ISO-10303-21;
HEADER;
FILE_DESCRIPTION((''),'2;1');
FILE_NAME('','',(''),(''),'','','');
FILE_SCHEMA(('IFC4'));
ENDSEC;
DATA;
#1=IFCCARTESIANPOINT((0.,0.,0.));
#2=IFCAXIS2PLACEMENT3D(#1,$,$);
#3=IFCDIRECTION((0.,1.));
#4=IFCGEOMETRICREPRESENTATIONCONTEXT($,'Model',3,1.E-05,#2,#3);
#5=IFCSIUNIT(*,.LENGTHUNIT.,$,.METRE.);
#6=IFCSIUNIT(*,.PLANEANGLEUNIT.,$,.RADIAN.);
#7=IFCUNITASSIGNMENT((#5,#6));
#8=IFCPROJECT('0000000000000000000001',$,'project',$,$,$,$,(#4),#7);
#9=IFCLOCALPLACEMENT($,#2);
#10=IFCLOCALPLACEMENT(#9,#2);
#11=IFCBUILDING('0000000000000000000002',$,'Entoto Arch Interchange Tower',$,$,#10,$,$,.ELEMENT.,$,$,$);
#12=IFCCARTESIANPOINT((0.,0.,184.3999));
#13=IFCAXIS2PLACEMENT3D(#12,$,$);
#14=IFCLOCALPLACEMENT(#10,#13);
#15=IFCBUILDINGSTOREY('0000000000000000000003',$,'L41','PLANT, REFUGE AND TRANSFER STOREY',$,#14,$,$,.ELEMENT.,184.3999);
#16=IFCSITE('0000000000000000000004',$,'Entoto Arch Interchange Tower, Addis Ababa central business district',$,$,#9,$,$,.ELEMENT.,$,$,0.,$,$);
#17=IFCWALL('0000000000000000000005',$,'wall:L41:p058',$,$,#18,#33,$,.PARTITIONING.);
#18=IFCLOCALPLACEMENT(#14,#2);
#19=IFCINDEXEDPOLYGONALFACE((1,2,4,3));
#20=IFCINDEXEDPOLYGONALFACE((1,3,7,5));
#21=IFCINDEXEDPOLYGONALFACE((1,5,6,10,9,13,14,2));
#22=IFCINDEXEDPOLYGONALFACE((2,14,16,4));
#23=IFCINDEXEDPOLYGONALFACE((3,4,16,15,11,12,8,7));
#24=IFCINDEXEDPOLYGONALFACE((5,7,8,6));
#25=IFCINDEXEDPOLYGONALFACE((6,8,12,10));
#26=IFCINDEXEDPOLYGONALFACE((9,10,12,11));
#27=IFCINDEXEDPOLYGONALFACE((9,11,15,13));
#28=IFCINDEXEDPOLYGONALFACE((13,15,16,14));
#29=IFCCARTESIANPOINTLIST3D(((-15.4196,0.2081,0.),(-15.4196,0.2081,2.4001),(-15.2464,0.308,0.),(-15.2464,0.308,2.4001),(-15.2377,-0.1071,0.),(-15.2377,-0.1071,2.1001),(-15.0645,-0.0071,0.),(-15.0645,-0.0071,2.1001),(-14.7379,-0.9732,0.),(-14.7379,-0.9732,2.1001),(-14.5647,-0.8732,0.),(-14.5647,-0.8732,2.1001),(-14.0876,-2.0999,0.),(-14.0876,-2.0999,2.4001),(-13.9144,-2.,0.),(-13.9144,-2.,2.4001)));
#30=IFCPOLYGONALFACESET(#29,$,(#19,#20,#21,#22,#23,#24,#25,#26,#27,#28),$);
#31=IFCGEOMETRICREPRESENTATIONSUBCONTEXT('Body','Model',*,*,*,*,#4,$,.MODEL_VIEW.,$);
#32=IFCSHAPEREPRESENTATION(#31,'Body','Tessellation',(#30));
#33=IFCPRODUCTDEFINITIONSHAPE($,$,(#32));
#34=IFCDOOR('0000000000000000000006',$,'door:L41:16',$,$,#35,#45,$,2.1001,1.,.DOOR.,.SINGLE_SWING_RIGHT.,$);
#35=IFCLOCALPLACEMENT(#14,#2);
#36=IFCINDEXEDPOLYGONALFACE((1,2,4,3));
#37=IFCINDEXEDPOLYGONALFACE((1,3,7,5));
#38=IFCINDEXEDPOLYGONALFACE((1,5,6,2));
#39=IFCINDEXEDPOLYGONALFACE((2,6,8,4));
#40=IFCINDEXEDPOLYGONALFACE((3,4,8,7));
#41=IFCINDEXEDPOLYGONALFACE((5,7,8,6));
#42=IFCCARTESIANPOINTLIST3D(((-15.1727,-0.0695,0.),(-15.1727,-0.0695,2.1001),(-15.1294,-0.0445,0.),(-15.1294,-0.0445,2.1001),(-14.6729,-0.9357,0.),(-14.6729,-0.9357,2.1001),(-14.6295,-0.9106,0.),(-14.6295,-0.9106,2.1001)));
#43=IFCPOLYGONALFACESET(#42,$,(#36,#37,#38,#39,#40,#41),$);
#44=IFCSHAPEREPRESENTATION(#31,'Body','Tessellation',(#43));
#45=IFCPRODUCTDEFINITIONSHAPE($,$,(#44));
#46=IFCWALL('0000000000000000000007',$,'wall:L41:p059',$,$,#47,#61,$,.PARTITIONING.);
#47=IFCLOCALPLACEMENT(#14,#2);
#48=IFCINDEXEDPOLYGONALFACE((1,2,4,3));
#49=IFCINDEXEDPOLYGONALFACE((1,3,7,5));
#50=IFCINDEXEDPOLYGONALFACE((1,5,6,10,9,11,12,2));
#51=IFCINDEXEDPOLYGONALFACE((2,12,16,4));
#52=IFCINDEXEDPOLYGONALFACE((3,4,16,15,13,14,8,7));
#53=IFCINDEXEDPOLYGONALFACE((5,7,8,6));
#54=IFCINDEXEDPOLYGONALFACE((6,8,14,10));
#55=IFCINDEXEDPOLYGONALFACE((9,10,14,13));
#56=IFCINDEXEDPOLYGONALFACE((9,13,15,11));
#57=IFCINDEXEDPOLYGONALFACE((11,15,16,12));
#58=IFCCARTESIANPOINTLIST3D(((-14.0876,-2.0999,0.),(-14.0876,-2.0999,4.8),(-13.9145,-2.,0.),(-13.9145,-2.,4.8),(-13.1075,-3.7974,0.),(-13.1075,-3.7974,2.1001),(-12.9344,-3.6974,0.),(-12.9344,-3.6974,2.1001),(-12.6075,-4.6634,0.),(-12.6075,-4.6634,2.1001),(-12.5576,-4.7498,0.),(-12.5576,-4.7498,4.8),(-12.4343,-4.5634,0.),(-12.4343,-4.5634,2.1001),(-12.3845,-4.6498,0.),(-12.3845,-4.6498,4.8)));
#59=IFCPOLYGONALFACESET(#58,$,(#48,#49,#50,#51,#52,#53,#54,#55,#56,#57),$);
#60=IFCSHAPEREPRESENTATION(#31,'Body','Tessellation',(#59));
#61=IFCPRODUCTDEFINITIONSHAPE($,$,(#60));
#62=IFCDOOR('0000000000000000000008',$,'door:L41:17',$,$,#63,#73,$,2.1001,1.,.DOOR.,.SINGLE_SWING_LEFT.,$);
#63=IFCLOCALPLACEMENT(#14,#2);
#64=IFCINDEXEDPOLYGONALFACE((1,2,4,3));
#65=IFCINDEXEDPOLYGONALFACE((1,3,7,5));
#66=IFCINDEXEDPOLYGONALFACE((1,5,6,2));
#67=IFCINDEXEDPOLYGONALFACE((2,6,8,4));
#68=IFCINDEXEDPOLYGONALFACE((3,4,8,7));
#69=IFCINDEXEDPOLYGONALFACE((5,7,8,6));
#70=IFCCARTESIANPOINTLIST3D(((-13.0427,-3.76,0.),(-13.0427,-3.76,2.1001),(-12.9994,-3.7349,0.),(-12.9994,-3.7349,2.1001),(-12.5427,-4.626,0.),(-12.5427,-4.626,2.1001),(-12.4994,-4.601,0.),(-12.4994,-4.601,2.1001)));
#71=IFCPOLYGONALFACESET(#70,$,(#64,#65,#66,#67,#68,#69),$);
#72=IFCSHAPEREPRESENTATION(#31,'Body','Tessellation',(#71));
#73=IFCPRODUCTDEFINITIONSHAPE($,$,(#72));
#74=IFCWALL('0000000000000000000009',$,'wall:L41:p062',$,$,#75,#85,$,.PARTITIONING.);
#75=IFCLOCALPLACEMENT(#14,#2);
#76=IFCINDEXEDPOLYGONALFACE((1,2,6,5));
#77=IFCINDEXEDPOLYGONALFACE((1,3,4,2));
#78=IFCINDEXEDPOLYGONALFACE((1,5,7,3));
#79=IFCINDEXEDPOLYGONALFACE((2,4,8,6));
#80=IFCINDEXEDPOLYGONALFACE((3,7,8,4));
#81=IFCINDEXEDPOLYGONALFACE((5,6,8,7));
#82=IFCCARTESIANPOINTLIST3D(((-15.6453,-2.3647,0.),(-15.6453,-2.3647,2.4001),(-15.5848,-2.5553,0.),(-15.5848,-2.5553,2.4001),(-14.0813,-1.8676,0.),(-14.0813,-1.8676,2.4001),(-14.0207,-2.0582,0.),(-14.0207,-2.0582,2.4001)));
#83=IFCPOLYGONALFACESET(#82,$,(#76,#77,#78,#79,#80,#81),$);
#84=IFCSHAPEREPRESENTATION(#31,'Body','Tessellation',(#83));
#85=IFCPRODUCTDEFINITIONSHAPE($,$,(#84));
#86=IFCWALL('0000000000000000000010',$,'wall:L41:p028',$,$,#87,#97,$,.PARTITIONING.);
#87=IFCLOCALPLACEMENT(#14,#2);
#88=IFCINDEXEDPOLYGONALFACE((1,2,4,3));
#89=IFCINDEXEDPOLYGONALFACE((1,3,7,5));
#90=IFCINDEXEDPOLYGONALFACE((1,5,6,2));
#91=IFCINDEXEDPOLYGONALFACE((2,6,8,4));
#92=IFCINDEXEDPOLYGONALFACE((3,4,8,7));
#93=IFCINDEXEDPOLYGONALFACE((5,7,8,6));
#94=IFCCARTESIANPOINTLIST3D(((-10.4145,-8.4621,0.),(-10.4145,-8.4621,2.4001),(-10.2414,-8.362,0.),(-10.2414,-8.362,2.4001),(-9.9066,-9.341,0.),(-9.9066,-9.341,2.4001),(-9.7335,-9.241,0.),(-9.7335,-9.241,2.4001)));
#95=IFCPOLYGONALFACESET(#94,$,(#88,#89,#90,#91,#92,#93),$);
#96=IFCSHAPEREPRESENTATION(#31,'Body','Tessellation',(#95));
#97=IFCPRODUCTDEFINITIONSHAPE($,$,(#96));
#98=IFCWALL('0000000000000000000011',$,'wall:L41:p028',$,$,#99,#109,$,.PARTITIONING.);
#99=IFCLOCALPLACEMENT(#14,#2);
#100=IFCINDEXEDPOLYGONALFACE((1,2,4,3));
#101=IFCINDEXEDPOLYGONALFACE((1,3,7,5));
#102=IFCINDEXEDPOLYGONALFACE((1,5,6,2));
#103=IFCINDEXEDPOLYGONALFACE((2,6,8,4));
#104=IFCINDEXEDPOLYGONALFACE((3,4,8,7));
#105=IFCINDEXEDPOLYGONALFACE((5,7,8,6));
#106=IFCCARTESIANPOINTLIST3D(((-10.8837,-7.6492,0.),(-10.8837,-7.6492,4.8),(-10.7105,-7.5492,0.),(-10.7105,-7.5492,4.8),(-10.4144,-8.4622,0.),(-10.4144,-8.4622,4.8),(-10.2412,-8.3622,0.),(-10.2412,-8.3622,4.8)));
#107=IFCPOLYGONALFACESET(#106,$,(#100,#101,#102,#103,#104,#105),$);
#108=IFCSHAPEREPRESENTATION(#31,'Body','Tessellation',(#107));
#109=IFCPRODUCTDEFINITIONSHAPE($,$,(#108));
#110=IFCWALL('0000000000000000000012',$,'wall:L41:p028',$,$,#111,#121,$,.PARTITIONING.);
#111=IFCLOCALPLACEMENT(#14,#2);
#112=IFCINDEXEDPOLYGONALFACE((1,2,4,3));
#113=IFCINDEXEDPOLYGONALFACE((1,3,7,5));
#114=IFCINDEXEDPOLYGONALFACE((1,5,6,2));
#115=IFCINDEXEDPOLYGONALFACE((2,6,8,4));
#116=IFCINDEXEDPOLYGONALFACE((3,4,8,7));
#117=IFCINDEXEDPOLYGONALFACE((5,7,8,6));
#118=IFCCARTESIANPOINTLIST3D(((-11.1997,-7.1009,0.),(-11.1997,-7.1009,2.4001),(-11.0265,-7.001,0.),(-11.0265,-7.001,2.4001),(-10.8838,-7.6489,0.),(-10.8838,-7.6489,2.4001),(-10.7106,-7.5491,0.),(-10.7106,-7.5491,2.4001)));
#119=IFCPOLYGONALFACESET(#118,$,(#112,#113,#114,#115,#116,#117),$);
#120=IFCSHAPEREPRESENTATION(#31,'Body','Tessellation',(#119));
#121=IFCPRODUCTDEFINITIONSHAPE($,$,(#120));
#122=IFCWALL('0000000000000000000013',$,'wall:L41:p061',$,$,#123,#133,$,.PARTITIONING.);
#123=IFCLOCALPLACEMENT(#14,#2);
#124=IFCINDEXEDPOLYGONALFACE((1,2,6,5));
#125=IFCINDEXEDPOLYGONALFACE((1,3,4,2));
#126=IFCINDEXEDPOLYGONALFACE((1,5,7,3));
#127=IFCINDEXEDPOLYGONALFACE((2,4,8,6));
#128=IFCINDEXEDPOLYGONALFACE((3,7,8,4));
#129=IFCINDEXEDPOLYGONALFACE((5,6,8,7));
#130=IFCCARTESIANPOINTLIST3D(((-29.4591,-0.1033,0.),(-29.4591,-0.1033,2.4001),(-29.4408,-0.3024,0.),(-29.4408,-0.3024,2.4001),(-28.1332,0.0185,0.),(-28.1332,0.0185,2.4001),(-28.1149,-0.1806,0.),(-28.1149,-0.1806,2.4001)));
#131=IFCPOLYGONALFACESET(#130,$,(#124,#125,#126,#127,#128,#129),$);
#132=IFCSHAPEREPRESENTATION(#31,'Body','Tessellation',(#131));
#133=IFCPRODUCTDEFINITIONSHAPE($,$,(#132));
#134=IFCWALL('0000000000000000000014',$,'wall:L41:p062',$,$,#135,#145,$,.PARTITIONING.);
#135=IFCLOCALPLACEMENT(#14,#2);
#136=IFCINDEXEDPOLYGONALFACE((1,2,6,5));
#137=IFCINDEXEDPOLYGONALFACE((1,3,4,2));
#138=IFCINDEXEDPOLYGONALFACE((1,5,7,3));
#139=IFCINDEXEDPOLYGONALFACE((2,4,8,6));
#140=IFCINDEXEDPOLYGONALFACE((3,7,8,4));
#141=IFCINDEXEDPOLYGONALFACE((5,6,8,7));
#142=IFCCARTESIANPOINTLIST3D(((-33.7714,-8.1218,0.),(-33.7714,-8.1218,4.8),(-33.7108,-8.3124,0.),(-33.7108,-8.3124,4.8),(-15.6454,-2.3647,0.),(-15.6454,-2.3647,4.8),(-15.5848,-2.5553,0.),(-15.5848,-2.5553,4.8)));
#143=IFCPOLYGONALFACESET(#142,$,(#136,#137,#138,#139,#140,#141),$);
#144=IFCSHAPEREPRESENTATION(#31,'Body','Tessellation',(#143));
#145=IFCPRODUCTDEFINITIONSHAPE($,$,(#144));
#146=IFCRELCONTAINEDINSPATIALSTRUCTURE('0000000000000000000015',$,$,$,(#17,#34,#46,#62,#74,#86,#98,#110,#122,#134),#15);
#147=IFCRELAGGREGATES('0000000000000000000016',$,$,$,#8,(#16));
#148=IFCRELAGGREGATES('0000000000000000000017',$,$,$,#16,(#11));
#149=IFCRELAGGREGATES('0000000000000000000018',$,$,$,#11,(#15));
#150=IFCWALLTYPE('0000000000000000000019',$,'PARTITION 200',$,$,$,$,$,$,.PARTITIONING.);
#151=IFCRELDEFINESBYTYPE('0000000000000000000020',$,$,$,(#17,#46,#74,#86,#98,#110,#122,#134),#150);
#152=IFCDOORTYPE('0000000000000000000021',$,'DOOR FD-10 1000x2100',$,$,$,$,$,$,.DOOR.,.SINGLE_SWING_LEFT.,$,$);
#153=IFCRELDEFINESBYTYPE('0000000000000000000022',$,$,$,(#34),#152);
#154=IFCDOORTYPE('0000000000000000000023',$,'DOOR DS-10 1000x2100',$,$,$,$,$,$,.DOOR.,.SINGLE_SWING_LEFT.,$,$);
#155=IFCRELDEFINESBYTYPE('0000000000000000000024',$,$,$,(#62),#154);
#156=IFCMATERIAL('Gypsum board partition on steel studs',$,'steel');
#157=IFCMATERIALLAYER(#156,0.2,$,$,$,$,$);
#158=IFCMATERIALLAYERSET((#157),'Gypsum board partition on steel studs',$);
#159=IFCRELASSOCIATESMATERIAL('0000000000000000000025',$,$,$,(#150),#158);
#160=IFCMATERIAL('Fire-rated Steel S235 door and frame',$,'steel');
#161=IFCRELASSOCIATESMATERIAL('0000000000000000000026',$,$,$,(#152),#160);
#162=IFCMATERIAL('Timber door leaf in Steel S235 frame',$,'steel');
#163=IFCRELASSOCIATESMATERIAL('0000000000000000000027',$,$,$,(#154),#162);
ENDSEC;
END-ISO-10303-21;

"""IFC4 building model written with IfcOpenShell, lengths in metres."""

from ifc_helpers import new_model, si_unit, direction, frame, frame_2d, origin, place, context, subcontext, project, spatial, rectangle, extrude, material, layer, layer_set, type_object, element, fill, save


model = new_model("IFC4")

# Units and contexts
model_context = context("Model", 3, precision=1e-05, world=origin(), true_north=direction((0.0, 1.0)))
body_context = subcontext(model_context, "Body", "Model", "MODEL_VIEW")
ifc_project = project(units=[si_unit("LENGTHUNIT", "METRE"), si_unit("PLANEANGLEUNIT", "RADIAN")], contexts=[model_context])

# Site, building, storey
site_placement = place(None, origin())
site = spatial("IfcSite", under=ifc_project, at=site_placement, Name="Entoto Arch Interchange Tower, Addis Ababa central business district", CompositionType="ELEMENT", RefElevation=0.0)
building_placement = place(site_placement, origin())
building = spatial("IfcBuilding", under=site, at=building_placement, Name="Entoto Arch Interchange Tower", CompositionType="ELEMENT")
storey_placement = place(building_placement, frame((0.0, 0.0, 184.3999)))
storey = spatial("IfcBuildingStorey", under=building, at=storey_placement, Name="L41", Description="PLANT, REFUGE AND TRANSFER STOREY", CompositionType="ELEMENT", Elevation=184.3999)

# Walls, openings, doors
ifc_material_1 = material(Name="Gypsum board partition on steel studs", Category="steel")
ifc_layer_1 = layer(ifc_material_1, 0.2)
ifc_layer_set_1 = layer_set([ifc_layer_1], Name="Gypsum board partition on steel studs")
wall_type_1 = type_object("IfcWallType", Name="PARTITION 200", PredefinedType="PARTITIONING", material=ifc_layer_set_1)
wall_1_placement = place(storey_placement, frame((-14.001, -2.05, 0.0), z_axis=(0.0, 0.0, 1.0), x_axis=(-0.499844, 0.866115, 0.0)))
wall_1 = element("IfcWall", 1, at=wall_1_placement, inside=storey, type_object=wall_type_1, Name="wall:L41:p058", PredefinedType="PARTITIONING", context=body_context, shape_type="SweptSolid", body=[
    extrude(rectangle(XDim=2.6648, YDim=0.2, at=frame_2d((1.3325, 0.0))), origin(), (0.0, 0.0, 1.0), 2.4001),
])
opening_1_placement = place(wall_1_placement, frame((1.301, 0.0, 0.0)))
opening_1 = element("IfcOpeningElement", 2, at=opening_1_placement, cuts=wall_1, PredefinedType="OPENING", context=body_context, shape_type="SweptSolid", body=[
    extrude(rectangle(XDim=1.0, YDim=2.1001, at=frame_2d((0.5, 1.05))), frame((0.0, 0.1099, 0.0), z_axis=(0.0, -1.0, 0.0), x_axis=(1.0, 0.0, 0.0)), (0.0, 0.0, 1.0), 0.22),
])
ifc_material_2 = material(Name="Fire-rated Steel S235 door and frame", Category="steel")
door_type_1 = type_object("IfcDoorType", Name="DOOR FD-10 1000x2100", OperationType="SINGLE_SWING_LEFT", PredefinedType="DOOR", material=ifc_material_2)
door_1_placement = place(opening_1_placement, origin())
door_1 = element("IfcDoor", 3, at=door_1_placement, inside=storey, type_object=door_type_1, Name="door:L41:16", OperationType="SINGLE_SWING_RIGHT", OverallHeight=2.1001, OverallWidth=1.0, PredefinedType="DOOR", context=body_context, shape_type="SweptSolid", body=[
    extrude(rectangle(XDim=1.0, YDim=2.1001, at=frame_2d((0.5, 1.05))), frame((0.0, 0.0249, 0.0), z_axis=(0.0, -1.0, 0.0), x_axis=(1.0, 0.0, 0.0)), (0.0, 0.0, 1.0), 0.05),
])
fill(opening_1, door_1)
wall_2_placement = place(storey_placement, frame((-14.001, -2.05, 0.0), z_axis=(0.0, 0.0, 1.0), x_axis=(0.500026, -0.86601, 0.0)))
wall_2 = element("IfcWall", 4, at=wall_2_placement, inside=storey, type_object=wall_type_1, Name="wall:L41:p059", PredefinedType="PARTITIONING", context=body_context, shape_type="SweptSolid", body=[
    extrude(rectangle(XDim=3.0598, YDim=0.2, at=frame_2d((1.5298, 0.0))), origin(), (0.0, 0.0, 1.0), 4.8),
])
opening_2_placement = place(wall_2_placement, frame((1.96, 0.0, 0.0)))
opening_2 = element("IfcOpeningElement", 5, at=opening_2_placement, cuts=wall_2, PredefinedType="OPENING", context=body_context, shape_type="SweptSolid", body=[
    extrude(rectangle(XDim=1.0, YDim=2.1001, at=frame_2d((0.5, 1.05))), frame((0.0, 0.1099, 0.0), z_axis=(0.0, -1.0, 0.0), x_axis=(1.0, 0.0, 0.0)), (0.0, 0.0, 1.0), 0.22),
])
ifc_material_3 = material(Name="Timber door leaf in Steel S235 frame", Category="steel")
door_type_2 = type_object("IfcDoorType", Name="DOOR DS-10 1000x2100", OperationType="SINGLE_SWING_LEFT", PredefinedType="DOOR", material=ifc_material_3)
door_2_placement = place(opening_2_placement, origin())
door_2 = element("IfcDoor", 6, at=door_2_placement, inside=storey, type_object=door_type_2, Name="door:L41:17", OperationType="SINGLE_SWING_LEFT", OverallHeight=2.1001, OverallWidth=1.0, PredefinedType="DOOR", context=body_context, shape_type="SweptSolid", body=[
    extrude(rectangle(XDim=1.0, YDim=2.1001, at=frame_2d((0.5, 1.05))), frame((0.0, 0.0249, 0.0), z_axis=(0.0, -1.0, 0.0), x_axis=(1.0, 0.0, 0.0)), (0.0, 0.0, 1.0), 0.05),
])
fill(opening_2, door_2)

# Walls
wall_3_placement = place(storey_placement, frame((-14.051, -1.9629, 0.0), z_axis=(0.0, 0.0, 1.0), x_axis=(-0.953023, -0.302897, 0.0)))
element("IfcWall", 7, at=wall_3_placement, inside=storey, type_object=wall_type_1, Name="wall:L41:p062", PredefinedType="PARTITIONING", context=body_context, shape_type="SweptSolid", body=[
    extrude(rectangle(XDim=1.6411, YDim=0.2, at=frame_2d((0.8206, 0.0))), origin(), (0.0, 0.0, 1.0), 2.4001),
])
wall_4_placement = place(storey_placement, frame((-9.8201, -9.291, 0.0), z_axis=(0.0, 0.0, 1.0), x_axis=(-0.500278, 0.865865, 0.0)))
element("IfcWall", 8, at=wall_4_placement, inside=storey, type_object=wall_type_1, Name="wall:L41:p028", PredefinedType="PARTITIONING", context=body_context, shape_type="SweptSolid", body=[
    extrude(rectangle(XDim=1.0151, YDim=0.2, at=frame_2d((0.5076, 0.0))), origin(), (0.0, 0.0, 1.0), 2.4001),
])
wall_5_placement = place(storey_placement, frame((-10.3279, -8.4121, 0.0), z_axis=(0.0, 0.0, 1.0), x_axis=(-0.499888, 0.86609, 0.0)))
element("IfcWall", 9, at=wall_5_placement, inside=storey, type_object=wall_type_1, Name="wall:L41:p028", PredefinedType="PARTITIONING", context=body_context, shape_type="SweptSolid", body=[
    extrude(rectangle(XDim=0.9387, YDim=0.2, at=frame_2d((0.4692, 0.0))), origin(), (0.0, 0.0, 1.0), 4.8),
])
wall_6_placement = place(storey_placement, frame((-10.7971, -7.5991, 0.0), z_axis=(0.0, 0.0, 1.0), x_axis=(-0.499377, 0.866385, 0.0)))
element("IfcWall", 10, at=wall_6_placement, inside=storey, type_object=wall_type_1, Name="wall:L41:p028", PredefinedType="PARTITIONING", context=body_context, shape_type="SweptSolid", body=[
    extrude(rectangle(XDim=0.6326, YDim=0.2, at=frame_2d((0.3164, 0.0))), origin(), (0.0, 0.0, 1.0), 2.4001),
])
wall_7_placement = place(storey_placement, frame((-28.124, -0.0811, 0.0), z_axis=(0.0, 0.0, 1.0), x_axis=(-0.995806, -0.091495, 0.0)))
element("IfcWall", 11, at=wall_7_placement, inside=storey, type_object=wall_type_1, Name="wall:L41:p061", PredefinedType="PARTITIONING", context=body_context, shape_type="SweptSolid", body=[
    extrude(rectangle(XDim=1.3315, YDim=0.2, at=frame_2d((0.6658, 0.0))), origin(), (0.0, 0.0, 1.0), 2.4001),
])
wall_8_placement = place(storey_placement, frame((-15.615, -2.46, 0.0), z_axis=(0.0, 0.0, 1.0), x_axis=(-0.953082, -0.302713, 0.0)))
element("IfcWall", 12, at=wall_8_placement, inside=storey, type_object=wall_type_1, Name="wall:L41:p062", PredefinedType="PARTITIONING", context=body_context, shape_type="SweptSolid", body=[
    extrude(rectangle(XDim=19.0183, YDim=0.2, at=frame_2d((9.5093, 0.0))), origin(), (0.0, 0.0, 1.0), 4.8),
])

save(model, "model.ifc")
